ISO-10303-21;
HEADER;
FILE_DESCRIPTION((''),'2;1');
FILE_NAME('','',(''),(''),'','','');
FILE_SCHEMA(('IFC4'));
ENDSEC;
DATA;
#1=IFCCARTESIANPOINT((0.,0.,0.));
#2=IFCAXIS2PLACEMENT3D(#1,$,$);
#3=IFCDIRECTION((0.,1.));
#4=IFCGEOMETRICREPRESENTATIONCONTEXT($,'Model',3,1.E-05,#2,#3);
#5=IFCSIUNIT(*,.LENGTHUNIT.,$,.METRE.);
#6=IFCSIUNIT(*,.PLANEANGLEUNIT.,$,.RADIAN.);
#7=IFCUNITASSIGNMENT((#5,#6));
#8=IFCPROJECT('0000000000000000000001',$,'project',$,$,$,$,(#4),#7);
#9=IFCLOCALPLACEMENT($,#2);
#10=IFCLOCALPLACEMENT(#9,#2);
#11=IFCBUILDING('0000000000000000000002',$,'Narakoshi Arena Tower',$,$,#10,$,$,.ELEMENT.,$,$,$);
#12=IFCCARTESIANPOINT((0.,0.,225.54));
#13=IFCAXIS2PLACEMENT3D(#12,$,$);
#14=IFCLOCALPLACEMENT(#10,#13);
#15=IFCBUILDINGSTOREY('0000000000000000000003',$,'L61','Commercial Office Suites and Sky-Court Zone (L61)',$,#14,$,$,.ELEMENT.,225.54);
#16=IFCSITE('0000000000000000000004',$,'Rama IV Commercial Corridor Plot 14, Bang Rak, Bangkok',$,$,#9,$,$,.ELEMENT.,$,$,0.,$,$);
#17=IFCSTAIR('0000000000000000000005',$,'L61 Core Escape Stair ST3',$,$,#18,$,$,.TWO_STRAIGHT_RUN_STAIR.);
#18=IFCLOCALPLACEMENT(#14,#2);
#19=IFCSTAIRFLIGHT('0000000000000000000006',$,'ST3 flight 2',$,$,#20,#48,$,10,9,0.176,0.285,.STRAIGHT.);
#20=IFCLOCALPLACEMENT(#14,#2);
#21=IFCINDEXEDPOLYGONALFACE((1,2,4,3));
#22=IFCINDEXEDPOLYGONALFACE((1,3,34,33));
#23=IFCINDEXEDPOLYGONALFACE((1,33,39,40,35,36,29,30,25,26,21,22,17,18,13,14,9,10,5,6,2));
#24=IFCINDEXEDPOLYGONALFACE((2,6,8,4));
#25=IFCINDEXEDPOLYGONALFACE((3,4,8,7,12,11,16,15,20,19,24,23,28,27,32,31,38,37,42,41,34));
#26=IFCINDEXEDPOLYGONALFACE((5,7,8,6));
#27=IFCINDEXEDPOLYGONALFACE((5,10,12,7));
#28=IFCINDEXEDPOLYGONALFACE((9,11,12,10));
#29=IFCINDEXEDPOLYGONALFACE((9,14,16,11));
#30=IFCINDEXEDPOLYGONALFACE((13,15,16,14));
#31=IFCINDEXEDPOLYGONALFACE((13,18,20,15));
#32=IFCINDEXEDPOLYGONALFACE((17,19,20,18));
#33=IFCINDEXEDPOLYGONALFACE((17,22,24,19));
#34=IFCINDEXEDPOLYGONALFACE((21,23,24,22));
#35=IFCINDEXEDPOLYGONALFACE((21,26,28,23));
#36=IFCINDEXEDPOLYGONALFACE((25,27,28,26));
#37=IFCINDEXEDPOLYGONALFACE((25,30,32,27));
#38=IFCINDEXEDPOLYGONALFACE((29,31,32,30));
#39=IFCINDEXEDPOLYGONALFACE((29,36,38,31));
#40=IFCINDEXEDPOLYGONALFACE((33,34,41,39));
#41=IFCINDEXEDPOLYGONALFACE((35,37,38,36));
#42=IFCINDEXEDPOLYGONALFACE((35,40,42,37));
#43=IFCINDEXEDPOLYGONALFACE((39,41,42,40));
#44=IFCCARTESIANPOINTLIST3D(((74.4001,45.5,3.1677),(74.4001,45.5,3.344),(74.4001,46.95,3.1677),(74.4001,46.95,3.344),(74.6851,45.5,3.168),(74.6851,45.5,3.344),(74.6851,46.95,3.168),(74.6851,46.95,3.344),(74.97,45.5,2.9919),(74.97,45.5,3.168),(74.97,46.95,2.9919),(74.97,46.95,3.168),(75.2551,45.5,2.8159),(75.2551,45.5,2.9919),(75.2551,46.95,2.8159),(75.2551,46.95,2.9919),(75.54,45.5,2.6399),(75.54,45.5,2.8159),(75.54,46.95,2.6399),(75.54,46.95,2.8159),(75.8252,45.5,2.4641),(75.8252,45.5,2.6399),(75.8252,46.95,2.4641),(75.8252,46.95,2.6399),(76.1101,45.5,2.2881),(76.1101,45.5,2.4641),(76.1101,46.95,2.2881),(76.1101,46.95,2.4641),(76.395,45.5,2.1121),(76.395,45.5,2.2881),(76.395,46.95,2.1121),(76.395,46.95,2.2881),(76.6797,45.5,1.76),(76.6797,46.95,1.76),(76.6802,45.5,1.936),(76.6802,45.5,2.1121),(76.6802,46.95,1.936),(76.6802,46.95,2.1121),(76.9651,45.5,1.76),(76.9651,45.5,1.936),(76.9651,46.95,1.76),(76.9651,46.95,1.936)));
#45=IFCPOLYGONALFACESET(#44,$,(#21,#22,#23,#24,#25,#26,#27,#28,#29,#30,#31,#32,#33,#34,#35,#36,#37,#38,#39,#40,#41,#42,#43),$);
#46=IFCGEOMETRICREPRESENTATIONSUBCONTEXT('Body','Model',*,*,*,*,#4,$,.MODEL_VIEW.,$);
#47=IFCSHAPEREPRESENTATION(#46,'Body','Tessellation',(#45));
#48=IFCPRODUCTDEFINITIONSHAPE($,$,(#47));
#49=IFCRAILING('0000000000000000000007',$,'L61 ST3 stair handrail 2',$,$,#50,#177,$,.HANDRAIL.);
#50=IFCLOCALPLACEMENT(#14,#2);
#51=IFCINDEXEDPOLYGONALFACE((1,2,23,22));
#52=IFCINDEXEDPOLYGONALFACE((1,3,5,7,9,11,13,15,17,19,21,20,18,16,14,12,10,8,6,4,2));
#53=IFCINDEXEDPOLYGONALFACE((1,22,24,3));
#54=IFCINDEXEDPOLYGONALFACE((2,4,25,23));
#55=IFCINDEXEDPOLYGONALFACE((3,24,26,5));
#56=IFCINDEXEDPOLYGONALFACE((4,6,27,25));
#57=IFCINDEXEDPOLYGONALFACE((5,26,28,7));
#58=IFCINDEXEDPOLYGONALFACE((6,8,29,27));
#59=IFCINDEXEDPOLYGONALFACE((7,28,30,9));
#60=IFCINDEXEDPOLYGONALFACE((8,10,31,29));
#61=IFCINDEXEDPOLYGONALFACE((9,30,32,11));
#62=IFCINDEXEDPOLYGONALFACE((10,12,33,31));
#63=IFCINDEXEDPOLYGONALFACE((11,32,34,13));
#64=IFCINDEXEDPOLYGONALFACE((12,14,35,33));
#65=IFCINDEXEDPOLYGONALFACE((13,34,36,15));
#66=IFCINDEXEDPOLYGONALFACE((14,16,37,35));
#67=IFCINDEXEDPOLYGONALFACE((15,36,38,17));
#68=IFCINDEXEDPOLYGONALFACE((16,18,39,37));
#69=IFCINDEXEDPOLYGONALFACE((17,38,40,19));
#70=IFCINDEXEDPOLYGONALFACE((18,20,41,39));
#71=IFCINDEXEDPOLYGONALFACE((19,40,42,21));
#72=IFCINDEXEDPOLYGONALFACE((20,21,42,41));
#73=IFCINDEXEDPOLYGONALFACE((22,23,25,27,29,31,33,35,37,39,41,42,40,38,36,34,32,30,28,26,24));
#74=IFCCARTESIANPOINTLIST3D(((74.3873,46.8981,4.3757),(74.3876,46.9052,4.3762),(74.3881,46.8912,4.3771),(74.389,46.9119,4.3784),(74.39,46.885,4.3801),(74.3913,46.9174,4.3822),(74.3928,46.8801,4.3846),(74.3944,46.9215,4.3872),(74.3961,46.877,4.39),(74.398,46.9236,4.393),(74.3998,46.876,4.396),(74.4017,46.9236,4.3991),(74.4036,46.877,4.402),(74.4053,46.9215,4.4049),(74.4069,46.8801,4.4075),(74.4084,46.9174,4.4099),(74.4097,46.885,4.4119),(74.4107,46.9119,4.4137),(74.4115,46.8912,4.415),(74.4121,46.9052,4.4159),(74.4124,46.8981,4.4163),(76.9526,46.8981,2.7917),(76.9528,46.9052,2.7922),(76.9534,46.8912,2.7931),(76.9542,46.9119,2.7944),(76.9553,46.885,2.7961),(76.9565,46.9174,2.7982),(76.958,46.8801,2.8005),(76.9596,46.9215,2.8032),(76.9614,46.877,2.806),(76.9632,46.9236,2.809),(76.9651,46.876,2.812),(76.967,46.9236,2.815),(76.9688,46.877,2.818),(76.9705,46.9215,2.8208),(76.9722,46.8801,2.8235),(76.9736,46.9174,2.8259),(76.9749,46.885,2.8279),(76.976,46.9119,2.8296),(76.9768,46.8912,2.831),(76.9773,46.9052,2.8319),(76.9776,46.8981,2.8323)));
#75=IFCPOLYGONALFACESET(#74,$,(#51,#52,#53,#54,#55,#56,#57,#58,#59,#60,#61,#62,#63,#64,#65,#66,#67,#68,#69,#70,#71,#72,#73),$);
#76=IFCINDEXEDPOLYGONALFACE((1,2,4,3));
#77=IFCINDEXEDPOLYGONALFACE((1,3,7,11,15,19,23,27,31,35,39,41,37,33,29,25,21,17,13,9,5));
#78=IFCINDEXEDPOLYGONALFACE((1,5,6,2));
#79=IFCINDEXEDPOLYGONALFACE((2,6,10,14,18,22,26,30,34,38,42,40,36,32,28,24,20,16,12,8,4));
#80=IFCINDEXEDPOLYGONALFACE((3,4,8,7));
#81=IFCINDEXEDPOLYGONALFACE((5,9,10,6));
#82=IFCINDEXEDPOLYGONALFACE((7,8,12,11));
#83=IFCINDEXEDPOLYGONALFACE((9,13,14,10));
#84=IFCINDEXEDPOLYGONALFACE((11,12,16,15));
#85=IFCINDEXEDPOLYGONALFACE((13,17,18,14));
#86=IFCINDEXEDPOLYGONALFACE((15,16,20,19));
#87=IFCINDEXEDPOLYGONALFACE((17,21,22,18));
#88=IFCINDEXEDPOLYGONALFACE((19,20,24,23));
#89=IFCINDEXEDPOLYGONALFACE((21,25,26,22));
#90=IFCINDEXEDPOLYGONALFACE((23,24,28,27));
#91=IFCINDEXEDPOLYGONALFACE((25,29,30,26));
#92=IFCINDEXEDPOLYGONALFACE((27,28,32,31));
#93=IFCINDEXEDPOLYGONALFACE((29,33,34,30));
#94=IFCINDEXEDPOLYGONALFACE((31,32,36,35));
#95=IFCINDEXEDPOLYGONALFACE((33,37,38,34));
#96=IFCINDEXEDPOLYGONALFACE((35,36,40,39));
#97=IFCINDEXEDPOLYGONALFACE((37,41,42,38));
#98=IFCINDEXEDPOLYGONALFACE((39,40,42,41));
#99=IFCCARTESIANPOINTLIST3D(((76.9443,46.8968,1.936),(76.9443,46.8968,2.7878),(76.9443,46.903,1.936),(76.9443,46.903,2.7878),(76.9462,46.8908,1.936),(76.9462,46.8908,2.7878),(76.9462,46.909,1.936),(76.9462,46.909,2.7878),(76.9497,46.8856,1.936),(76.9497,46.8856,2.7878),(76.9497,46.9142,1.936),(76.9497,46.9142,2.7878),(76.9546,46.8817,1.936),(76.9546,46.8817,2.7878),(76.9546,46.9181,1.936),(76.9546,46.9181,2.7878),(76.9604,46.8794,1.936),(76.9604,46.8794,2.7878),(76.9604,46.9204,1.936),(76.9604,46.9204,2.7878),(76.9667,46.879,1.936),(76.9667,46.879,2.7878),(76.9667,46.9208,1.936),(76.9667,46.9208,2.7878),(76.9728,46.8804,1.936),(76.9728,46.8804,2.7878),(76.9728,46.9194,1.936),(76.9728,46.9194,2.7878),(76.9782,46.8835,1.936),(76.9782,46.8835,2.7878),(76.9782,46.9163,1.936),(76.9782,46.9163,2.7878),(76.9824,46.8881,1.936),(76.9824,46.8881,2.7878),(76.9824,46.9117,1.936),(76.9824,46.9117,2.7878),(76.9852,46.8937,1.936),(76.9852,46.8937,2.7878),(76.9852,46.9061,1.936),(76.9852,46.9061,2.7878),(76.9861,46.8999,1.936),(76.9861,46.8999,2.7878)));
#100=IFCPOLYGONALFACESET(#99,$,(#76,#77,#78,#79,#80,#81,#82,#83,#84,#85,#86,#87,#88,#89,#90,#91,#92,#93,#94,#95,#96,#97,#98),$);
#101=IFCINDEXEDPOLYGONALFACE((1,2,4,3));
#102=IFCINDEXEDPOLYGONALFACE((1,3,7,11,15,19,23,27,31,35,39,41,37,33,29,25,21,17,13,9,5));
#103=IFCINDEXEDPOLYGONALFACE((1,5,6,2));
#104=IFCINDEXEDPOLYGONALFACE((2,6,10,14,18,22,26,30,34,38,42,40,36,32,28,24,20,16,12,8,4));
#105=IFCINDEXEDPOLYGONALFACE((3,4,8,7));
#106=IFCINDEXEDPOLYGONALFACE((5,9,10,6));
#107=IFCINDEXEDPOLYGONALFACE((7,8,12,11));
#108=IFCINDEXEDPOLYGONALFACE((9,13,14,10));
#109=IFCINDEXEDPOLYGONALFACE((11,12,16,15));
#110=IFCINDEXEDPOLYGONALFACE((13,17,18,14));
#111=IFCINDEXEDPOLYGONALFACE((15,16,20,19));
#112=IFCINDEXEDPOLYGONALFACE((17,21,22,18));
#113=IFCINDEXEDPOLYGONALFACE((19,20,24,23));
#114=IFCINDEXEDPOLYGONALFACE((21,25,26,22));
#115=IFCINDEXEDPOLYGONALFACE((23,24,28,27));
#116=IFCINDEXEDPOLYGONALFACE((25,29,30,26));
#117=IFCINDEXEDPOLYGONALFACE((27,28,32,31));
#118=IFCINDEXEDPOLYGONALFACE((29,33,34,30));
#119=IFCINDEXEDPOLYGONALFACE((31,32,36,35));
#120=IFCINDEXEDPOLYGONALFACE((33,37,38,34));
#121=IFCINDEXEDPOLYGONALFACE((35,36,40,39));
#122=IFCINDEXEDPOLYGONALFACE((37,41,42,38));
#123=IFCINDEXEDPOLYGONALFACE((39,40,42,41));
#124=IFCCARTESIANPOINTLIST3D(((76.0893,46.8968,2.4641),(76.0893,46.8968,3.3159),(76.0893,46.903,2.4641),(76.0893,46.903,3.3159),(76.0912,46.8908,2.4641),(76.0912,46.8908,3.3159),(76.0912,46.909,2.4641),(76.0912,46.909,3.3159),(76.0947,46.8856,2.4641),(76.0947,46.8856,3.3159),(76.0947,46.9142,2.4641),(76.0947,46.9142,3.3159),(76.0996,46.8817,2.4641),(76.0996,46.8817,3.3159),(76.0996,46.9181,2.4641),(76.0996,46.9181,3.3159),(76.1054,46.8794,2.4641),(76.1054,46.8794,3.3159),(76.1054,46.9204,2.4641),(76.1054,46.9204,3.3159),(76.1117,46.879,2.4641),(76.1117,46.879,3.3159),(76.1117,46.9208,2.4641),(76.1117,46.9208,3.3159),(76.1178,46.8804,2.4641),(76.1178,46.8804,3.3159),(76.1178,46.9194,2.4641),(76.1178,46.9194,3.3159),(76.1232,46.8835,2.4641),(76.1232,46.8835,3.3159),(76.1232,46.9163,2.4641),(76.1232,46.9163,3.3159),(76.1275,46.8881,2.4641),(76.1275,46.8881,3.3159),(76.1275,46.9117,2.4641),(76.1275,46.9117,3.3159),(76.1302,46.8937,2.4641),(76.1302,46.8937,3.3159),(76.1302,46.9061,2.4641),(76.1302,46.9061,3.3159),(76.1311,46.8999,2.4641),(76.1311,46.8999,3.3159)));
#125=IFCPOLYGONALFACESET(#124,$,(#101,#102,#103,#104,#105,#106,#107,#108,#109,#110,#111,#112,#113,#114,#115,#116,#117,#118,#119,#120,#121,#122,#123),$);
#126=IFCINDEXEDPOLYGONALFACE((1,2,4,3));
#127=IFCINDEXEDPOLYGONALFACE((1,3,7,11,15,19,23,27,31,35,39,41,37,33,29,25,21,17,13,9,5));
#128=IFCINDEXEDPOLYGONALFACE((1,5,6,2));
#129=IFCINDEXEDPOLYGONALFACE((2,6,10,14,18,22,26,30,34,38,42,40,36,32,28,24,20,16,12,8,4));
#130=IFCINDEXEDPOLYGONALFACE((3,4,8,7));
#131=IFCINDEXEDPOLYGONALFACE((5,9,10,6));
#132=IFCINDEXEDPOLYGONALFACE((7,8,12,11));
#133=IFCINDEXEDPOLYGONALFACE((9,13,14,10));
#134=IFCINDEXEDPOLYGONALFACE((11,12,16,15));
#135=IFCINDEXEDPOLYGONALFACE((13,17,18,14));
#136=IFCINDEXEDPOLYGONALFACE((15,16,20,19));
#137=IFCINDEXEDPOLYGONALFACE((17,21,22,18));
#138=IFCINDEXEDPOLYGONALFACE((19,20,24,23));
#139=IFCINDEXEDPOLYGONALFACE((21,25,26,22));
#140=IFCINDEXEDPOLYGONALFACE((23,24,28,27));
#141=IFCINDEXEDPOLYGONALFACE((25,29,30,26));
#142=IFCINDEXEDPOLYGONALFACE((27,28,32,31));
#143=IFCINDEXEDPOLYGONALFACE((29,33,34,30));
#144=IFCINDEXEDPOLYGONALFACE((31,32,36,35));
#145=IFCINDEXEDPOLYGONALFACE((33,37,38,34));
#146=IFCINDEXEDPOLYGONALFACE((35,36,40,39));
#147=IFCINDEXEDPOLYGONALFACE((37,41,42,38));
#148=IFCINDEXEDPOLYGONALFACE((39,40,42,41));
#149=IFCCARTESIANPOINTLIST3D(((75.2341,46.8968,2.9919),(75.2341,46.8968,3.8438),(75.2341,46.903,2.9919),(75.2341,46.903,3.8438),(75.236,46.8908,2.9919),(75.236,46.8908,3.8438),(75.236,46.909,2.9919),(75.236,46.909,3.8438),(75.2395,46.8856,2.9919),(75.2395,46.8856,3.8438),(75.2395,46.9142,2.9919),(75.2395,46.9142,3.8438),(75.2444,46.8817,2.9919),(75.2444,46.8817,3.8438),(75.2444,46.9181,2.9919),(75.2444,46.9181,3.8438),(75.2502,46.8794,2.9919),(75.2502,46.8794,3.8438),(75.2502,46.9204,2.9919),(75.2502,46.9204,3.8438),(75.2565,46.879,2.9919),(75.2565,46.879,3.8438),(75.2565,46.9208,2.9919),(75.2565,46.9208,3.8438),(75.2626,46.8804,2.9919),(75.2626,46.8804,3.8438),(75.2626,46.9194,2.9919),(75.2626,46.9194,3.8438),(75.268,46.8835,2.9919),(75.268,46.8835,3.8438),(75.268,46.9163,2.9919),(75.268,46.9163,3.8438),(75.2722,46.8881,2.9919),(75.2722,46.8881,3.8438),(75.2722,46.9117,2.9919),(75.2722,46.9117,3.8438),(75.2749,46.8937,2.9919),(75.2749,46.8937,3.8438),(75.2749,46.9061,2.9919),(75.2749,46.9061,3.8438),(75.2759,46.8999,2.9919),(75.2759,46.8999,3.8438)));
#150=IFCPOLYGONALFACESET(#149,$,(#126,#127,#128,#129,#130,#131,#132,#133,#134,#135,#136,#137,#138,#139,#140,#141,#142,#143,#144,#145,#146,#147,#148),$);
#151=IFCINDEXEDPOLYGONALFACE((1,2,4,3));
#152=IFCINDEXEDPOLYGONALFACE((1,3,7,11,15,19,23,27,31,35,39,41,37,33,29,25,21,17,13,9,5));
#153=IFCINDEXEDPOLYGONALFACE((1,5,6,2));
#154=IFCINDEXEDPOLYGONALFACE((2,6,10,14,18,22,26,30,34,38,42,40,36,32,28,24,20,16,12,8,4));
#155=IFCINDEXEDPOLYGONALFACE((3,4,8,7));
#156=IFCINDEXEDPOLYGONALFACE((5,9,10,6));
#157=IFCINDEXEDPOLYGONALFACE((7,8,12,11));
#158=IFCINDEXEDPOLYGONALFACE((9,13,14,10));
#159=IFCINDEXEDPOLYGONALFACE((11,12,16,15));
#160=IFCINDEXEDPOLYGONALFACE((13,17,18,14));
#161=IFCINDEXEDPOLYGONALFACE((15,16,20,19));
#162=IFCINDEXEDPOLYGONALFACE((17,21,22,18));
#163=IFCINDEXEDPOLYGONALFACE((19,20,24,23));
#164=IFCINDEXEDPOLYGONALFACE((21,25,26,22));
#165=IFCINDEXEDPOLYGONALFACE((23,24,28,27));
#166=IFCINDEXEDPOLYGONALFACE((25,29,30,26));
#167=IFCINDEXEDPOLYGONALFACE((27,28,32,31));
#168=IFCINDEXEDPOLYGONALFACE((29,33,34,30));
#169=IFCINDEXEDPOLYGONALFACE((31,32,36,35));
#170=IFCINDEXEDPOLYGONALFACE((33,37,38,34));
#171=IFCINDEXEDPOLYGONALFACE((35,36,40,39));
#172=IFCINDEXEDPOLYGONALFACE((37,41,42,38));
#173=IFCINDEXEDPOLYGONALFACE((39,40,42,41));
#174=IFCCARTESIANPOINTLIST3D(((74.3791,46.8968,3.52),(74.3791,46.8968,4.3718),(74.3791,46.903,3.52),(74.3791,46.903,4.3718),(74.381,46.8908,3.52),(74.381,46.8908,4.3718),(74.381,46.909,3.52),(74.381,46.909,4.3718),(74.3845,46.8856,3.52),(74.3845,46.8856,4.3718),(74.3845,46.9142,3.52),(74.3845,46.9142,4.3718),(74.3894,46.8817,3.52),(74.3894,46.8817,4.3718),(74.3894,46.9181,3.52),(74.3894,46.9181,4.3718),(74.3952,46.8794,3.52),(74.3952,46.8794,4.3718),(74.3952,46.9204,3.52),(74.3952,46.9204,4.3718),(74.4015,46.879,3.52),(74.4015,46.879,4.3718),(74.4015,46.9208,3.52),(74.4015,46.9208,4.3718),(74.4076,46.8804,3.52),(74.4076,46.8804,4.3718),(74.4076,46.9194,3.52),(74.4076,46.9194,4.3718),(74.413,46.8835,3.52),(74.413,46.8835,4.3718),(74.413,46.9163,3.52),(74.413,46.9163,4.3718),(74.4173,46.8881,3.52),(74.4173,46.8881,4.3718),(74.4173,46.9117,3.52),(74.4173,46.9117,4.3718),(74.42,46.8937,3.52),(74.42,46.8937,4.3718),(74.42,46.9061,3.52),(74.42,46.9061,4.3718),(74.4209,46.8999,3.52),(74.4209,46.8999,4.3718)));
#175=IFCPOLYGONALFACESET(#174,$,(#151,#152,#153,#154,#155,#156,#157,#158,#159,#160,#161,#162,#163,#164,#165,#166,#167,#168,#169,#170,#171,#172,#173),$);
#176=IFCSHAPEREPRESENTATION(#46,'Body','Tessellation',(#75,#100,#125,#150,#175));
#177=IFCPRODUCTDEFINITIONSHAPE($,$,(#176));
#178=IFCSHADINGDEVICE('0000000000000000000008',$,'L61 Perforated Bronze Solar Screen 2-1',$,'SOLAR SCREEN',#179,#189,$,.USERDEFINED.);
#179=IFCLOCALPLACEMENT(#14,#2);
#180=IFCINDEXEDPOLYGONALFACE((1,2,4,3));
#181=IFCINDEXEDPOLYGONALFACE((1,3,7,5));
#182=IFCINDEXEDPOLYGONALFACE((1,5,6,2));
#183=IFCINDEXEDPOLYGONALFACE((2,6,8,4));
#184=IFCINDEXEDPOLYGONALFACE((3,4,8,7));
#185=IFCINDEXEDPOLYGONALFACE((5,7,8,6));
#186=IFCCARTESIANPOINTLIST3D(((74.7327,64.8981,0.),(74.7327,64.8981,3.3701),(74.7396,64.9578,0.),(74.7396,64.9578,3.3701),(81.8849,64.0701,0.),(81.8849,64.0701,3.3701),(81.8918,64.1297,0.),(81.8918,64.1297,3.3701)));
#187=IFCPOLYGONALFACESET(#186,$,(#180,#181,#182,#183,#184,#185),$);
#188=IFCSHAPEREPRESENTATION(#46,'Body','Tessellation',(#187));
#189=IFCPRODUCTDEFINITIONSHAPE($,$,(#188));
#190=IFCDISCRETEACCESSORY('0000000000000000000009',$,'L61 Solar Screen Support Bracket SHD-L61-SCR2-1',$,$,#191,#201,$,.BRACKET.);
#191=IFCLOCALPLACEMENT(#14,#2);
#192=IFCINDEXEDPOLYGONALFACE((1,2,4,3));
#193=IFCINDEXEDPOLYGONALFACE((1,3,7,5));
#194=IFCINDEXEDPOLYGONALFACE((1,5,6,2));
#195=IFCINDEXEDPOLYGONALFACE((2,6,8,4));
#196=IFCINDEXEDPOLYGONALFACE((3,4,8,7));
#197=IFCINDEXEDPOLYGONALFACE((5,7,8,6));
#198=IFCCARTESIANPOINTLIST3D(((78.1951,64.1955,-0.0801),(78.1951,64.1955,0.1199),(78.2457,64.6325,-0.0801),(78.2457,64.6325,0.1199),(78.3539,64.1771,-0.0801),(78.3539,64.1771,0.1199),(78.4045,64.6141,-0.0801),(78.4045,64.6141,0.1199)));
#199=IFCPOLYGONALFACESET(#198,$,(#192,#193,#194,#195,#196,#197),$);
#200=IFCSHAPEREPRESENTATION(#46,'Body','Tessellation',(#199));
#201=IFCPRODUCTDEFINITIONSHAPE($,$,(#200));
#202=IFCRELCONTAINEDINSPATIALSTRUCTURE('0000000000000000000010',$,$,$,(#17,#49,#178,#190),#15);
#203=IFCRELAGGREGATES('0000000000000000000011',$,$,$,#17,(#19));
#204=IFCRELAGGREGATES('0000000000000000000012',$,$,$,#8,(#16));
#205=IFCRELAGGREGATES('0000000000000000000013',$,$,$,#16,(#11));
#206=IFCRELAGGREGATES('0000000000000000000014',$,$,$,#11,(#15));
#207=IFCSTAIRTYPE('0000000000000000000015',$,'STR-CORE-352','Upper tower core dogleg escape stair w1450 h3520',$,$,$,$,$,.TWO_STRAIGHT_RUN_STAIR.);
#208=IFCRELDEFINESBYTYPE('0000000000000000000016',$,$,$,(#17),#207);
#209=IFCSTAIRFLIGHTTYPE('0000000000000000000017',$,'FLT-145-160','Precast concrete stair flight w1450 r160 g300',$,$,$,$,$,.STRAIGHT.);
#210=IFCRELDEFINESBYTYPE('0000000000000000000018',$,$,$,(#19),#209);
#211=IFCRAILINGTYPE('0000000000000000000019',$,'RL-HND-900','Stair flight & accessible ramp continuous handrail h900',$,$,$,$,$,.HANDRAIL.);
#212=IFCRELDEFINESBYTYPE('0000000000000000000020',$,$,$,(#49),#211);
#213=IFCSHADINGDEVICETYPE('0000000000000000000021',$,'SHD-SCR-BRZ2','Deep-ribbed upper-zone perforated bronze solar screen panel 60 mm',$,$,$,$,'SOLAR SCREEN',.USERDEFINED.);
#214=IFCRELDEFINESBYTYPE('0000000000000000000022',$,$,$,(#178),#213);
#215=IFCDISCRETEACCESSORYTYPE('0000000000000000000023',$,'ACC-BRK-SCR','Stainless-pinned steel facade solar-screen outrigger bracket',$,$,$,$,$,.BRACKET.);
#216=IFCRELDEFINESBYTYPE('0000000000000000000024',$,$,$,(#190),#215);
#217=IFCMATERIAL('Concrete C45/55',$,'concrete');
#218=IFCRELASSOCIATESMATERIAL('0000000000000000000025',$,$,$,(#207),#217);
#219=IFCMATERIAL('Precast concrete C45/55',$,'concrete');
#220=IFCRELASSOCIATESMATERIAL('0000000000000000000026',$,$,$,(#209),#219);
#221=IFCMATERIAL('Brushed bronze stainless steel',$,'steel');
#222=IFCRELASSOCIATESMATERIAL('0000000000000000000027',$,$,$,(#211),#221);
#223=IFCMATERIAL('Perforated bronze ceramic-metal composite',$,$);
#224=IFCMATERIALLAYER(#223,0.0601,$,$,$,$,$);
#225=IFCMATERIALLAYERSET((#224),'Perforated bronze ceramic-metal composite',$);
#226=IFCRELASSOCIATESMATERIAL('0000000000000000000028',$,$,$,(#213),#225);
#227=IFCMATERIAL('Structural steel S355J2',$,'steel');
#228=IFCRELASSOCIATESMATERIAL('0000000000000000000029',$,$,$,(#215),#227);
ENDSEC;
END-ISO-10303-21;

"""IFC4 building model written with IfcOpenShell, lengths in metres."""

from ifc_helpers import new_model, si_unit, direction, frame, origin, origin_2d, place, context, subcontext, project, spatial, polyline, rectangle, circle, outline, extrude, material, layer, layer_set, type_object, element, aggregate, save


model = new_model("IFC4")

# Units and contexts
model_context = context("Model", 3, precision=1e-05, world=origin(), true_north=direction((0.0, 1.0)))
body_context = subcontext(model_context, "Body", "Model", "MODEL_VIEW")
ifc_project = project(units=[si_unit("LENGTHUNIT", "METRE"), si_unit("PLANEANGLEUNIT", "RADIAN")], contexts=[model_context])

# Site, building, storey
site_placement = place(None, origin())
site = spatial("IfcSite", under=ifc_project, at=site_placement, Name="Rama IV Commercial Corridor Plot 14, Bang Rak, Bangkok", CompositionType="ELEMENT", RefElevation=0.0)
building_placement = place(site_placement, origin())
building = spatial("IfcBuilding", under=site, at=building_placement, Name="Narakoshi Arena Tower", CompositionType="ELEMENT")
storey_placement = place(building_placement, frame((0.0, 0.0, 225.54)))
storey = spatial("IfcBuildingStorey", under=building, at=storey_placement, Name="L61", Description="Commercial Office Suites and Sky-Court Zone (L61)", CompositionType="ELEMENT", Elevation=225.54)

# Shared definitions
ifc_material_1 = material(Name="Structural steel S355J2", Category="steel")

# Shared definitions
ifc_material_2 = material(Name="Brushed bronze stainless steel", Category="steel")

# Stair, stair flight
ifc_material_3 = material(Name="Concrete C45/55", Category="concrete")
stair_type = type_object("IfcStairType", Name="STR-CORE-352", Description="Upper tower core dogleg escape stair w1450 h3520", PredefinedType="TWO_STRAIGHT_RUN_STAIR", material=ifc_material_3)
stair_placement = place(storey_placement, origin())
stair = element("IfcStair", 1, at=stair_placement, inside=storey, type_object=stair_type, Name="L61 Core Escape Stair ST3", PredefinedType="TWO_STRAIGHT_RUN_STAIR")
ifc_material_4 = material(Name="Precast concrete C45/55", Category="concrete")
stair_flight_type = type_object("IfcStairFlightType", Name="FLT-145-160", Description="Precast concrete stair flight w1450 r160 g300", PredefinedType="STRAIGHT", material=ifc_material_4)
stair_flight_placement = place(storey_placement, frame((76.9651, 46.2251, 1.76), z_axis=(0.0, 0.0, 1.0), x_axis=(-1.0, 0.0, 0.0)))
stair_flight = element("IfcStairFlight", 2, at=stair_flight_placement, type_object=stair_flight_type, Name="ST3 flight 2", NumberOfRisers=10, NumberOfTreads=9, PredefinedType="STRAIGHT", RiserHeight=0.176, TreadLength=0.285, context=body_context, shape_type="SweptSolid", body=[
    extrude(outline(polyline([(0.0, 0.0), (0.0, 0.176), (0.2849, 0.176), (0.2849, 0.3521), (0.5701, 0.3521), (0.5701, 0.5281), (0.855, 0.5281), (0.855, 0.7041), (1.1399, 0.7041), (1.1399, 0.8799), (1.425, 0.8799), (1.425, 1.0559), (1.71, 1.0559), (1.71, 1.2319), (1.9951, 1.2319), (1.9951, 1.408), (2.28, 1.408), (2.28, 1.584), (2.5649, 1.584), (2.5649, 1.76), (2.5649, 1.4077), (0.2854, 0.0), (0.0, 0.0)])), frame((0.0, 0.7251, 0.0), z_axis=(0.0, -1.0, 0.0), x_axis=(1.0, 0.0, 0.0)), (0.0, 0.0, 1.0), 1.45),
])
aggregate(stair, [stair_flight])

# Railing
railing_type = type_object("IfcRailingType", Name="RL-HND-900", Description="Stair flight & accessible ramp continuous handrail h900", PredefinedType="HANDRAIL", material=ifc_material_2)
railing_placement = place(storey_placement, frame((76.9651, 46.8999, 1.936)))
element("IfcRailing", 3, at=railing_placement, inside=storey, type_object=railing_type, Name="L61 ST3 stair handrail 2", PredefinedType="HANDRAIL", context=body_context, shape_type="SweptSolid", body=[
    extrude(circle(Radius=0.0239, at=origin_2d()), frame((0.0, 0.0, 0.876), z_axis=(-0.850857, 0.0, 0.525398), x_axis=(0.0, -1.0, 0.0)), (0.0, 0.0, 1.0), 3.0149),
    extrude(circle(Radius=0.021, at=origin_2d()), origin(), (0.0, 0.0, 1.0), 0.8518),
    extrude(circle(Radius=0.021, at=origin_2d()), frame((-0.855, 0.0, 0.5281)), (0.0, 0.0, 1.0), 0.8518),
    extrude(circle(Radius=0.021, at=origin_2d()), frame((-1.7102, 0.0, 1.0559)), (0.0, 0.0, 1.0), 0.8518),
    extrude(circle(Radius=0.021, at=origin_2d()), frame((-2.5652, 0.0, 1.584)), (0.0, 0.0, 1.0), 0.8518),
])

# Shading device
ifc_material_5 = material(Name="Perforated bronze ceramic-metal composite")
ifc_layer_1 = layer(ifc_material_5, 0.0601)
ifc_layer_set_1 = layer_set([ifc_layer_1], Name="Perforated bronze ceramic-metal composite")
shading_device_type = type_object("IfcShadingDeviceType", Name="SHD-SCR-BRZ2", Description="Deep-ribbed upper-zone perforated bronze solar screen panel 60 mm", ElementType="SOLAR SCREEN", PredefinedType="USERDEFINED", material=ifc_layer_set_1)
shading_device_placement = place(storey_placement, frame((78.3123, 64.5139, 0.0), z_axis=(0.0, 0.0, 1.0), x_axis=(-0.993365, 0.115007, 0.0)))
element("IfcShadingDevice", 4, at=shading_device_placement, inside=storey, type_object=shading_device_type, Name="L61 Perforated Bronze Solar Screen 2-1", ObjectType="SOLAR SCREEN", PredefinedType="USERDEFINED", context=body_context, shape_type="SweptSolid", body=[
    extrude(rectangle(XDim=7.2, YDim=0.0601, at=origin_2d()), origin(), (0.0, 0.0, 1.0), 3.3701),
])

# Discrete accessory
discrete_accessory_type = type_object("IfcDiscreteAccessoryType", Name="ACC-BRK-SCR", Description="Stainless-pinned steel facade solar-screen outrigger bracket", PredefinedType="BRACKET", material=ifc_material_1)
discrete_accessory_placement = place(storey_placement, frame((78.2998, 64.4048, -0.0801), z_axis=(0.0, 0.0, 1.0), x_axis=(-0.993365, 0.115007, 0.0)))
element("IfcDiscreteAccessory", 5, at=discrete_accessory_placement, inside=storey, type_object=discrete_accessory_type, Name="L61 Solar Screen Support Bracket SHD-L61-SCR2-1", PredefinedType="BRACKET", context=body_context, shape_type="SweptSolid", body=[
    extrude(rectangle(XDim=0.1599, YDim=0.4399, at=origin_2d()), origin(), (0.0, 0.0, 1.0), 0.2),
])

save(model, "model.ifc")
